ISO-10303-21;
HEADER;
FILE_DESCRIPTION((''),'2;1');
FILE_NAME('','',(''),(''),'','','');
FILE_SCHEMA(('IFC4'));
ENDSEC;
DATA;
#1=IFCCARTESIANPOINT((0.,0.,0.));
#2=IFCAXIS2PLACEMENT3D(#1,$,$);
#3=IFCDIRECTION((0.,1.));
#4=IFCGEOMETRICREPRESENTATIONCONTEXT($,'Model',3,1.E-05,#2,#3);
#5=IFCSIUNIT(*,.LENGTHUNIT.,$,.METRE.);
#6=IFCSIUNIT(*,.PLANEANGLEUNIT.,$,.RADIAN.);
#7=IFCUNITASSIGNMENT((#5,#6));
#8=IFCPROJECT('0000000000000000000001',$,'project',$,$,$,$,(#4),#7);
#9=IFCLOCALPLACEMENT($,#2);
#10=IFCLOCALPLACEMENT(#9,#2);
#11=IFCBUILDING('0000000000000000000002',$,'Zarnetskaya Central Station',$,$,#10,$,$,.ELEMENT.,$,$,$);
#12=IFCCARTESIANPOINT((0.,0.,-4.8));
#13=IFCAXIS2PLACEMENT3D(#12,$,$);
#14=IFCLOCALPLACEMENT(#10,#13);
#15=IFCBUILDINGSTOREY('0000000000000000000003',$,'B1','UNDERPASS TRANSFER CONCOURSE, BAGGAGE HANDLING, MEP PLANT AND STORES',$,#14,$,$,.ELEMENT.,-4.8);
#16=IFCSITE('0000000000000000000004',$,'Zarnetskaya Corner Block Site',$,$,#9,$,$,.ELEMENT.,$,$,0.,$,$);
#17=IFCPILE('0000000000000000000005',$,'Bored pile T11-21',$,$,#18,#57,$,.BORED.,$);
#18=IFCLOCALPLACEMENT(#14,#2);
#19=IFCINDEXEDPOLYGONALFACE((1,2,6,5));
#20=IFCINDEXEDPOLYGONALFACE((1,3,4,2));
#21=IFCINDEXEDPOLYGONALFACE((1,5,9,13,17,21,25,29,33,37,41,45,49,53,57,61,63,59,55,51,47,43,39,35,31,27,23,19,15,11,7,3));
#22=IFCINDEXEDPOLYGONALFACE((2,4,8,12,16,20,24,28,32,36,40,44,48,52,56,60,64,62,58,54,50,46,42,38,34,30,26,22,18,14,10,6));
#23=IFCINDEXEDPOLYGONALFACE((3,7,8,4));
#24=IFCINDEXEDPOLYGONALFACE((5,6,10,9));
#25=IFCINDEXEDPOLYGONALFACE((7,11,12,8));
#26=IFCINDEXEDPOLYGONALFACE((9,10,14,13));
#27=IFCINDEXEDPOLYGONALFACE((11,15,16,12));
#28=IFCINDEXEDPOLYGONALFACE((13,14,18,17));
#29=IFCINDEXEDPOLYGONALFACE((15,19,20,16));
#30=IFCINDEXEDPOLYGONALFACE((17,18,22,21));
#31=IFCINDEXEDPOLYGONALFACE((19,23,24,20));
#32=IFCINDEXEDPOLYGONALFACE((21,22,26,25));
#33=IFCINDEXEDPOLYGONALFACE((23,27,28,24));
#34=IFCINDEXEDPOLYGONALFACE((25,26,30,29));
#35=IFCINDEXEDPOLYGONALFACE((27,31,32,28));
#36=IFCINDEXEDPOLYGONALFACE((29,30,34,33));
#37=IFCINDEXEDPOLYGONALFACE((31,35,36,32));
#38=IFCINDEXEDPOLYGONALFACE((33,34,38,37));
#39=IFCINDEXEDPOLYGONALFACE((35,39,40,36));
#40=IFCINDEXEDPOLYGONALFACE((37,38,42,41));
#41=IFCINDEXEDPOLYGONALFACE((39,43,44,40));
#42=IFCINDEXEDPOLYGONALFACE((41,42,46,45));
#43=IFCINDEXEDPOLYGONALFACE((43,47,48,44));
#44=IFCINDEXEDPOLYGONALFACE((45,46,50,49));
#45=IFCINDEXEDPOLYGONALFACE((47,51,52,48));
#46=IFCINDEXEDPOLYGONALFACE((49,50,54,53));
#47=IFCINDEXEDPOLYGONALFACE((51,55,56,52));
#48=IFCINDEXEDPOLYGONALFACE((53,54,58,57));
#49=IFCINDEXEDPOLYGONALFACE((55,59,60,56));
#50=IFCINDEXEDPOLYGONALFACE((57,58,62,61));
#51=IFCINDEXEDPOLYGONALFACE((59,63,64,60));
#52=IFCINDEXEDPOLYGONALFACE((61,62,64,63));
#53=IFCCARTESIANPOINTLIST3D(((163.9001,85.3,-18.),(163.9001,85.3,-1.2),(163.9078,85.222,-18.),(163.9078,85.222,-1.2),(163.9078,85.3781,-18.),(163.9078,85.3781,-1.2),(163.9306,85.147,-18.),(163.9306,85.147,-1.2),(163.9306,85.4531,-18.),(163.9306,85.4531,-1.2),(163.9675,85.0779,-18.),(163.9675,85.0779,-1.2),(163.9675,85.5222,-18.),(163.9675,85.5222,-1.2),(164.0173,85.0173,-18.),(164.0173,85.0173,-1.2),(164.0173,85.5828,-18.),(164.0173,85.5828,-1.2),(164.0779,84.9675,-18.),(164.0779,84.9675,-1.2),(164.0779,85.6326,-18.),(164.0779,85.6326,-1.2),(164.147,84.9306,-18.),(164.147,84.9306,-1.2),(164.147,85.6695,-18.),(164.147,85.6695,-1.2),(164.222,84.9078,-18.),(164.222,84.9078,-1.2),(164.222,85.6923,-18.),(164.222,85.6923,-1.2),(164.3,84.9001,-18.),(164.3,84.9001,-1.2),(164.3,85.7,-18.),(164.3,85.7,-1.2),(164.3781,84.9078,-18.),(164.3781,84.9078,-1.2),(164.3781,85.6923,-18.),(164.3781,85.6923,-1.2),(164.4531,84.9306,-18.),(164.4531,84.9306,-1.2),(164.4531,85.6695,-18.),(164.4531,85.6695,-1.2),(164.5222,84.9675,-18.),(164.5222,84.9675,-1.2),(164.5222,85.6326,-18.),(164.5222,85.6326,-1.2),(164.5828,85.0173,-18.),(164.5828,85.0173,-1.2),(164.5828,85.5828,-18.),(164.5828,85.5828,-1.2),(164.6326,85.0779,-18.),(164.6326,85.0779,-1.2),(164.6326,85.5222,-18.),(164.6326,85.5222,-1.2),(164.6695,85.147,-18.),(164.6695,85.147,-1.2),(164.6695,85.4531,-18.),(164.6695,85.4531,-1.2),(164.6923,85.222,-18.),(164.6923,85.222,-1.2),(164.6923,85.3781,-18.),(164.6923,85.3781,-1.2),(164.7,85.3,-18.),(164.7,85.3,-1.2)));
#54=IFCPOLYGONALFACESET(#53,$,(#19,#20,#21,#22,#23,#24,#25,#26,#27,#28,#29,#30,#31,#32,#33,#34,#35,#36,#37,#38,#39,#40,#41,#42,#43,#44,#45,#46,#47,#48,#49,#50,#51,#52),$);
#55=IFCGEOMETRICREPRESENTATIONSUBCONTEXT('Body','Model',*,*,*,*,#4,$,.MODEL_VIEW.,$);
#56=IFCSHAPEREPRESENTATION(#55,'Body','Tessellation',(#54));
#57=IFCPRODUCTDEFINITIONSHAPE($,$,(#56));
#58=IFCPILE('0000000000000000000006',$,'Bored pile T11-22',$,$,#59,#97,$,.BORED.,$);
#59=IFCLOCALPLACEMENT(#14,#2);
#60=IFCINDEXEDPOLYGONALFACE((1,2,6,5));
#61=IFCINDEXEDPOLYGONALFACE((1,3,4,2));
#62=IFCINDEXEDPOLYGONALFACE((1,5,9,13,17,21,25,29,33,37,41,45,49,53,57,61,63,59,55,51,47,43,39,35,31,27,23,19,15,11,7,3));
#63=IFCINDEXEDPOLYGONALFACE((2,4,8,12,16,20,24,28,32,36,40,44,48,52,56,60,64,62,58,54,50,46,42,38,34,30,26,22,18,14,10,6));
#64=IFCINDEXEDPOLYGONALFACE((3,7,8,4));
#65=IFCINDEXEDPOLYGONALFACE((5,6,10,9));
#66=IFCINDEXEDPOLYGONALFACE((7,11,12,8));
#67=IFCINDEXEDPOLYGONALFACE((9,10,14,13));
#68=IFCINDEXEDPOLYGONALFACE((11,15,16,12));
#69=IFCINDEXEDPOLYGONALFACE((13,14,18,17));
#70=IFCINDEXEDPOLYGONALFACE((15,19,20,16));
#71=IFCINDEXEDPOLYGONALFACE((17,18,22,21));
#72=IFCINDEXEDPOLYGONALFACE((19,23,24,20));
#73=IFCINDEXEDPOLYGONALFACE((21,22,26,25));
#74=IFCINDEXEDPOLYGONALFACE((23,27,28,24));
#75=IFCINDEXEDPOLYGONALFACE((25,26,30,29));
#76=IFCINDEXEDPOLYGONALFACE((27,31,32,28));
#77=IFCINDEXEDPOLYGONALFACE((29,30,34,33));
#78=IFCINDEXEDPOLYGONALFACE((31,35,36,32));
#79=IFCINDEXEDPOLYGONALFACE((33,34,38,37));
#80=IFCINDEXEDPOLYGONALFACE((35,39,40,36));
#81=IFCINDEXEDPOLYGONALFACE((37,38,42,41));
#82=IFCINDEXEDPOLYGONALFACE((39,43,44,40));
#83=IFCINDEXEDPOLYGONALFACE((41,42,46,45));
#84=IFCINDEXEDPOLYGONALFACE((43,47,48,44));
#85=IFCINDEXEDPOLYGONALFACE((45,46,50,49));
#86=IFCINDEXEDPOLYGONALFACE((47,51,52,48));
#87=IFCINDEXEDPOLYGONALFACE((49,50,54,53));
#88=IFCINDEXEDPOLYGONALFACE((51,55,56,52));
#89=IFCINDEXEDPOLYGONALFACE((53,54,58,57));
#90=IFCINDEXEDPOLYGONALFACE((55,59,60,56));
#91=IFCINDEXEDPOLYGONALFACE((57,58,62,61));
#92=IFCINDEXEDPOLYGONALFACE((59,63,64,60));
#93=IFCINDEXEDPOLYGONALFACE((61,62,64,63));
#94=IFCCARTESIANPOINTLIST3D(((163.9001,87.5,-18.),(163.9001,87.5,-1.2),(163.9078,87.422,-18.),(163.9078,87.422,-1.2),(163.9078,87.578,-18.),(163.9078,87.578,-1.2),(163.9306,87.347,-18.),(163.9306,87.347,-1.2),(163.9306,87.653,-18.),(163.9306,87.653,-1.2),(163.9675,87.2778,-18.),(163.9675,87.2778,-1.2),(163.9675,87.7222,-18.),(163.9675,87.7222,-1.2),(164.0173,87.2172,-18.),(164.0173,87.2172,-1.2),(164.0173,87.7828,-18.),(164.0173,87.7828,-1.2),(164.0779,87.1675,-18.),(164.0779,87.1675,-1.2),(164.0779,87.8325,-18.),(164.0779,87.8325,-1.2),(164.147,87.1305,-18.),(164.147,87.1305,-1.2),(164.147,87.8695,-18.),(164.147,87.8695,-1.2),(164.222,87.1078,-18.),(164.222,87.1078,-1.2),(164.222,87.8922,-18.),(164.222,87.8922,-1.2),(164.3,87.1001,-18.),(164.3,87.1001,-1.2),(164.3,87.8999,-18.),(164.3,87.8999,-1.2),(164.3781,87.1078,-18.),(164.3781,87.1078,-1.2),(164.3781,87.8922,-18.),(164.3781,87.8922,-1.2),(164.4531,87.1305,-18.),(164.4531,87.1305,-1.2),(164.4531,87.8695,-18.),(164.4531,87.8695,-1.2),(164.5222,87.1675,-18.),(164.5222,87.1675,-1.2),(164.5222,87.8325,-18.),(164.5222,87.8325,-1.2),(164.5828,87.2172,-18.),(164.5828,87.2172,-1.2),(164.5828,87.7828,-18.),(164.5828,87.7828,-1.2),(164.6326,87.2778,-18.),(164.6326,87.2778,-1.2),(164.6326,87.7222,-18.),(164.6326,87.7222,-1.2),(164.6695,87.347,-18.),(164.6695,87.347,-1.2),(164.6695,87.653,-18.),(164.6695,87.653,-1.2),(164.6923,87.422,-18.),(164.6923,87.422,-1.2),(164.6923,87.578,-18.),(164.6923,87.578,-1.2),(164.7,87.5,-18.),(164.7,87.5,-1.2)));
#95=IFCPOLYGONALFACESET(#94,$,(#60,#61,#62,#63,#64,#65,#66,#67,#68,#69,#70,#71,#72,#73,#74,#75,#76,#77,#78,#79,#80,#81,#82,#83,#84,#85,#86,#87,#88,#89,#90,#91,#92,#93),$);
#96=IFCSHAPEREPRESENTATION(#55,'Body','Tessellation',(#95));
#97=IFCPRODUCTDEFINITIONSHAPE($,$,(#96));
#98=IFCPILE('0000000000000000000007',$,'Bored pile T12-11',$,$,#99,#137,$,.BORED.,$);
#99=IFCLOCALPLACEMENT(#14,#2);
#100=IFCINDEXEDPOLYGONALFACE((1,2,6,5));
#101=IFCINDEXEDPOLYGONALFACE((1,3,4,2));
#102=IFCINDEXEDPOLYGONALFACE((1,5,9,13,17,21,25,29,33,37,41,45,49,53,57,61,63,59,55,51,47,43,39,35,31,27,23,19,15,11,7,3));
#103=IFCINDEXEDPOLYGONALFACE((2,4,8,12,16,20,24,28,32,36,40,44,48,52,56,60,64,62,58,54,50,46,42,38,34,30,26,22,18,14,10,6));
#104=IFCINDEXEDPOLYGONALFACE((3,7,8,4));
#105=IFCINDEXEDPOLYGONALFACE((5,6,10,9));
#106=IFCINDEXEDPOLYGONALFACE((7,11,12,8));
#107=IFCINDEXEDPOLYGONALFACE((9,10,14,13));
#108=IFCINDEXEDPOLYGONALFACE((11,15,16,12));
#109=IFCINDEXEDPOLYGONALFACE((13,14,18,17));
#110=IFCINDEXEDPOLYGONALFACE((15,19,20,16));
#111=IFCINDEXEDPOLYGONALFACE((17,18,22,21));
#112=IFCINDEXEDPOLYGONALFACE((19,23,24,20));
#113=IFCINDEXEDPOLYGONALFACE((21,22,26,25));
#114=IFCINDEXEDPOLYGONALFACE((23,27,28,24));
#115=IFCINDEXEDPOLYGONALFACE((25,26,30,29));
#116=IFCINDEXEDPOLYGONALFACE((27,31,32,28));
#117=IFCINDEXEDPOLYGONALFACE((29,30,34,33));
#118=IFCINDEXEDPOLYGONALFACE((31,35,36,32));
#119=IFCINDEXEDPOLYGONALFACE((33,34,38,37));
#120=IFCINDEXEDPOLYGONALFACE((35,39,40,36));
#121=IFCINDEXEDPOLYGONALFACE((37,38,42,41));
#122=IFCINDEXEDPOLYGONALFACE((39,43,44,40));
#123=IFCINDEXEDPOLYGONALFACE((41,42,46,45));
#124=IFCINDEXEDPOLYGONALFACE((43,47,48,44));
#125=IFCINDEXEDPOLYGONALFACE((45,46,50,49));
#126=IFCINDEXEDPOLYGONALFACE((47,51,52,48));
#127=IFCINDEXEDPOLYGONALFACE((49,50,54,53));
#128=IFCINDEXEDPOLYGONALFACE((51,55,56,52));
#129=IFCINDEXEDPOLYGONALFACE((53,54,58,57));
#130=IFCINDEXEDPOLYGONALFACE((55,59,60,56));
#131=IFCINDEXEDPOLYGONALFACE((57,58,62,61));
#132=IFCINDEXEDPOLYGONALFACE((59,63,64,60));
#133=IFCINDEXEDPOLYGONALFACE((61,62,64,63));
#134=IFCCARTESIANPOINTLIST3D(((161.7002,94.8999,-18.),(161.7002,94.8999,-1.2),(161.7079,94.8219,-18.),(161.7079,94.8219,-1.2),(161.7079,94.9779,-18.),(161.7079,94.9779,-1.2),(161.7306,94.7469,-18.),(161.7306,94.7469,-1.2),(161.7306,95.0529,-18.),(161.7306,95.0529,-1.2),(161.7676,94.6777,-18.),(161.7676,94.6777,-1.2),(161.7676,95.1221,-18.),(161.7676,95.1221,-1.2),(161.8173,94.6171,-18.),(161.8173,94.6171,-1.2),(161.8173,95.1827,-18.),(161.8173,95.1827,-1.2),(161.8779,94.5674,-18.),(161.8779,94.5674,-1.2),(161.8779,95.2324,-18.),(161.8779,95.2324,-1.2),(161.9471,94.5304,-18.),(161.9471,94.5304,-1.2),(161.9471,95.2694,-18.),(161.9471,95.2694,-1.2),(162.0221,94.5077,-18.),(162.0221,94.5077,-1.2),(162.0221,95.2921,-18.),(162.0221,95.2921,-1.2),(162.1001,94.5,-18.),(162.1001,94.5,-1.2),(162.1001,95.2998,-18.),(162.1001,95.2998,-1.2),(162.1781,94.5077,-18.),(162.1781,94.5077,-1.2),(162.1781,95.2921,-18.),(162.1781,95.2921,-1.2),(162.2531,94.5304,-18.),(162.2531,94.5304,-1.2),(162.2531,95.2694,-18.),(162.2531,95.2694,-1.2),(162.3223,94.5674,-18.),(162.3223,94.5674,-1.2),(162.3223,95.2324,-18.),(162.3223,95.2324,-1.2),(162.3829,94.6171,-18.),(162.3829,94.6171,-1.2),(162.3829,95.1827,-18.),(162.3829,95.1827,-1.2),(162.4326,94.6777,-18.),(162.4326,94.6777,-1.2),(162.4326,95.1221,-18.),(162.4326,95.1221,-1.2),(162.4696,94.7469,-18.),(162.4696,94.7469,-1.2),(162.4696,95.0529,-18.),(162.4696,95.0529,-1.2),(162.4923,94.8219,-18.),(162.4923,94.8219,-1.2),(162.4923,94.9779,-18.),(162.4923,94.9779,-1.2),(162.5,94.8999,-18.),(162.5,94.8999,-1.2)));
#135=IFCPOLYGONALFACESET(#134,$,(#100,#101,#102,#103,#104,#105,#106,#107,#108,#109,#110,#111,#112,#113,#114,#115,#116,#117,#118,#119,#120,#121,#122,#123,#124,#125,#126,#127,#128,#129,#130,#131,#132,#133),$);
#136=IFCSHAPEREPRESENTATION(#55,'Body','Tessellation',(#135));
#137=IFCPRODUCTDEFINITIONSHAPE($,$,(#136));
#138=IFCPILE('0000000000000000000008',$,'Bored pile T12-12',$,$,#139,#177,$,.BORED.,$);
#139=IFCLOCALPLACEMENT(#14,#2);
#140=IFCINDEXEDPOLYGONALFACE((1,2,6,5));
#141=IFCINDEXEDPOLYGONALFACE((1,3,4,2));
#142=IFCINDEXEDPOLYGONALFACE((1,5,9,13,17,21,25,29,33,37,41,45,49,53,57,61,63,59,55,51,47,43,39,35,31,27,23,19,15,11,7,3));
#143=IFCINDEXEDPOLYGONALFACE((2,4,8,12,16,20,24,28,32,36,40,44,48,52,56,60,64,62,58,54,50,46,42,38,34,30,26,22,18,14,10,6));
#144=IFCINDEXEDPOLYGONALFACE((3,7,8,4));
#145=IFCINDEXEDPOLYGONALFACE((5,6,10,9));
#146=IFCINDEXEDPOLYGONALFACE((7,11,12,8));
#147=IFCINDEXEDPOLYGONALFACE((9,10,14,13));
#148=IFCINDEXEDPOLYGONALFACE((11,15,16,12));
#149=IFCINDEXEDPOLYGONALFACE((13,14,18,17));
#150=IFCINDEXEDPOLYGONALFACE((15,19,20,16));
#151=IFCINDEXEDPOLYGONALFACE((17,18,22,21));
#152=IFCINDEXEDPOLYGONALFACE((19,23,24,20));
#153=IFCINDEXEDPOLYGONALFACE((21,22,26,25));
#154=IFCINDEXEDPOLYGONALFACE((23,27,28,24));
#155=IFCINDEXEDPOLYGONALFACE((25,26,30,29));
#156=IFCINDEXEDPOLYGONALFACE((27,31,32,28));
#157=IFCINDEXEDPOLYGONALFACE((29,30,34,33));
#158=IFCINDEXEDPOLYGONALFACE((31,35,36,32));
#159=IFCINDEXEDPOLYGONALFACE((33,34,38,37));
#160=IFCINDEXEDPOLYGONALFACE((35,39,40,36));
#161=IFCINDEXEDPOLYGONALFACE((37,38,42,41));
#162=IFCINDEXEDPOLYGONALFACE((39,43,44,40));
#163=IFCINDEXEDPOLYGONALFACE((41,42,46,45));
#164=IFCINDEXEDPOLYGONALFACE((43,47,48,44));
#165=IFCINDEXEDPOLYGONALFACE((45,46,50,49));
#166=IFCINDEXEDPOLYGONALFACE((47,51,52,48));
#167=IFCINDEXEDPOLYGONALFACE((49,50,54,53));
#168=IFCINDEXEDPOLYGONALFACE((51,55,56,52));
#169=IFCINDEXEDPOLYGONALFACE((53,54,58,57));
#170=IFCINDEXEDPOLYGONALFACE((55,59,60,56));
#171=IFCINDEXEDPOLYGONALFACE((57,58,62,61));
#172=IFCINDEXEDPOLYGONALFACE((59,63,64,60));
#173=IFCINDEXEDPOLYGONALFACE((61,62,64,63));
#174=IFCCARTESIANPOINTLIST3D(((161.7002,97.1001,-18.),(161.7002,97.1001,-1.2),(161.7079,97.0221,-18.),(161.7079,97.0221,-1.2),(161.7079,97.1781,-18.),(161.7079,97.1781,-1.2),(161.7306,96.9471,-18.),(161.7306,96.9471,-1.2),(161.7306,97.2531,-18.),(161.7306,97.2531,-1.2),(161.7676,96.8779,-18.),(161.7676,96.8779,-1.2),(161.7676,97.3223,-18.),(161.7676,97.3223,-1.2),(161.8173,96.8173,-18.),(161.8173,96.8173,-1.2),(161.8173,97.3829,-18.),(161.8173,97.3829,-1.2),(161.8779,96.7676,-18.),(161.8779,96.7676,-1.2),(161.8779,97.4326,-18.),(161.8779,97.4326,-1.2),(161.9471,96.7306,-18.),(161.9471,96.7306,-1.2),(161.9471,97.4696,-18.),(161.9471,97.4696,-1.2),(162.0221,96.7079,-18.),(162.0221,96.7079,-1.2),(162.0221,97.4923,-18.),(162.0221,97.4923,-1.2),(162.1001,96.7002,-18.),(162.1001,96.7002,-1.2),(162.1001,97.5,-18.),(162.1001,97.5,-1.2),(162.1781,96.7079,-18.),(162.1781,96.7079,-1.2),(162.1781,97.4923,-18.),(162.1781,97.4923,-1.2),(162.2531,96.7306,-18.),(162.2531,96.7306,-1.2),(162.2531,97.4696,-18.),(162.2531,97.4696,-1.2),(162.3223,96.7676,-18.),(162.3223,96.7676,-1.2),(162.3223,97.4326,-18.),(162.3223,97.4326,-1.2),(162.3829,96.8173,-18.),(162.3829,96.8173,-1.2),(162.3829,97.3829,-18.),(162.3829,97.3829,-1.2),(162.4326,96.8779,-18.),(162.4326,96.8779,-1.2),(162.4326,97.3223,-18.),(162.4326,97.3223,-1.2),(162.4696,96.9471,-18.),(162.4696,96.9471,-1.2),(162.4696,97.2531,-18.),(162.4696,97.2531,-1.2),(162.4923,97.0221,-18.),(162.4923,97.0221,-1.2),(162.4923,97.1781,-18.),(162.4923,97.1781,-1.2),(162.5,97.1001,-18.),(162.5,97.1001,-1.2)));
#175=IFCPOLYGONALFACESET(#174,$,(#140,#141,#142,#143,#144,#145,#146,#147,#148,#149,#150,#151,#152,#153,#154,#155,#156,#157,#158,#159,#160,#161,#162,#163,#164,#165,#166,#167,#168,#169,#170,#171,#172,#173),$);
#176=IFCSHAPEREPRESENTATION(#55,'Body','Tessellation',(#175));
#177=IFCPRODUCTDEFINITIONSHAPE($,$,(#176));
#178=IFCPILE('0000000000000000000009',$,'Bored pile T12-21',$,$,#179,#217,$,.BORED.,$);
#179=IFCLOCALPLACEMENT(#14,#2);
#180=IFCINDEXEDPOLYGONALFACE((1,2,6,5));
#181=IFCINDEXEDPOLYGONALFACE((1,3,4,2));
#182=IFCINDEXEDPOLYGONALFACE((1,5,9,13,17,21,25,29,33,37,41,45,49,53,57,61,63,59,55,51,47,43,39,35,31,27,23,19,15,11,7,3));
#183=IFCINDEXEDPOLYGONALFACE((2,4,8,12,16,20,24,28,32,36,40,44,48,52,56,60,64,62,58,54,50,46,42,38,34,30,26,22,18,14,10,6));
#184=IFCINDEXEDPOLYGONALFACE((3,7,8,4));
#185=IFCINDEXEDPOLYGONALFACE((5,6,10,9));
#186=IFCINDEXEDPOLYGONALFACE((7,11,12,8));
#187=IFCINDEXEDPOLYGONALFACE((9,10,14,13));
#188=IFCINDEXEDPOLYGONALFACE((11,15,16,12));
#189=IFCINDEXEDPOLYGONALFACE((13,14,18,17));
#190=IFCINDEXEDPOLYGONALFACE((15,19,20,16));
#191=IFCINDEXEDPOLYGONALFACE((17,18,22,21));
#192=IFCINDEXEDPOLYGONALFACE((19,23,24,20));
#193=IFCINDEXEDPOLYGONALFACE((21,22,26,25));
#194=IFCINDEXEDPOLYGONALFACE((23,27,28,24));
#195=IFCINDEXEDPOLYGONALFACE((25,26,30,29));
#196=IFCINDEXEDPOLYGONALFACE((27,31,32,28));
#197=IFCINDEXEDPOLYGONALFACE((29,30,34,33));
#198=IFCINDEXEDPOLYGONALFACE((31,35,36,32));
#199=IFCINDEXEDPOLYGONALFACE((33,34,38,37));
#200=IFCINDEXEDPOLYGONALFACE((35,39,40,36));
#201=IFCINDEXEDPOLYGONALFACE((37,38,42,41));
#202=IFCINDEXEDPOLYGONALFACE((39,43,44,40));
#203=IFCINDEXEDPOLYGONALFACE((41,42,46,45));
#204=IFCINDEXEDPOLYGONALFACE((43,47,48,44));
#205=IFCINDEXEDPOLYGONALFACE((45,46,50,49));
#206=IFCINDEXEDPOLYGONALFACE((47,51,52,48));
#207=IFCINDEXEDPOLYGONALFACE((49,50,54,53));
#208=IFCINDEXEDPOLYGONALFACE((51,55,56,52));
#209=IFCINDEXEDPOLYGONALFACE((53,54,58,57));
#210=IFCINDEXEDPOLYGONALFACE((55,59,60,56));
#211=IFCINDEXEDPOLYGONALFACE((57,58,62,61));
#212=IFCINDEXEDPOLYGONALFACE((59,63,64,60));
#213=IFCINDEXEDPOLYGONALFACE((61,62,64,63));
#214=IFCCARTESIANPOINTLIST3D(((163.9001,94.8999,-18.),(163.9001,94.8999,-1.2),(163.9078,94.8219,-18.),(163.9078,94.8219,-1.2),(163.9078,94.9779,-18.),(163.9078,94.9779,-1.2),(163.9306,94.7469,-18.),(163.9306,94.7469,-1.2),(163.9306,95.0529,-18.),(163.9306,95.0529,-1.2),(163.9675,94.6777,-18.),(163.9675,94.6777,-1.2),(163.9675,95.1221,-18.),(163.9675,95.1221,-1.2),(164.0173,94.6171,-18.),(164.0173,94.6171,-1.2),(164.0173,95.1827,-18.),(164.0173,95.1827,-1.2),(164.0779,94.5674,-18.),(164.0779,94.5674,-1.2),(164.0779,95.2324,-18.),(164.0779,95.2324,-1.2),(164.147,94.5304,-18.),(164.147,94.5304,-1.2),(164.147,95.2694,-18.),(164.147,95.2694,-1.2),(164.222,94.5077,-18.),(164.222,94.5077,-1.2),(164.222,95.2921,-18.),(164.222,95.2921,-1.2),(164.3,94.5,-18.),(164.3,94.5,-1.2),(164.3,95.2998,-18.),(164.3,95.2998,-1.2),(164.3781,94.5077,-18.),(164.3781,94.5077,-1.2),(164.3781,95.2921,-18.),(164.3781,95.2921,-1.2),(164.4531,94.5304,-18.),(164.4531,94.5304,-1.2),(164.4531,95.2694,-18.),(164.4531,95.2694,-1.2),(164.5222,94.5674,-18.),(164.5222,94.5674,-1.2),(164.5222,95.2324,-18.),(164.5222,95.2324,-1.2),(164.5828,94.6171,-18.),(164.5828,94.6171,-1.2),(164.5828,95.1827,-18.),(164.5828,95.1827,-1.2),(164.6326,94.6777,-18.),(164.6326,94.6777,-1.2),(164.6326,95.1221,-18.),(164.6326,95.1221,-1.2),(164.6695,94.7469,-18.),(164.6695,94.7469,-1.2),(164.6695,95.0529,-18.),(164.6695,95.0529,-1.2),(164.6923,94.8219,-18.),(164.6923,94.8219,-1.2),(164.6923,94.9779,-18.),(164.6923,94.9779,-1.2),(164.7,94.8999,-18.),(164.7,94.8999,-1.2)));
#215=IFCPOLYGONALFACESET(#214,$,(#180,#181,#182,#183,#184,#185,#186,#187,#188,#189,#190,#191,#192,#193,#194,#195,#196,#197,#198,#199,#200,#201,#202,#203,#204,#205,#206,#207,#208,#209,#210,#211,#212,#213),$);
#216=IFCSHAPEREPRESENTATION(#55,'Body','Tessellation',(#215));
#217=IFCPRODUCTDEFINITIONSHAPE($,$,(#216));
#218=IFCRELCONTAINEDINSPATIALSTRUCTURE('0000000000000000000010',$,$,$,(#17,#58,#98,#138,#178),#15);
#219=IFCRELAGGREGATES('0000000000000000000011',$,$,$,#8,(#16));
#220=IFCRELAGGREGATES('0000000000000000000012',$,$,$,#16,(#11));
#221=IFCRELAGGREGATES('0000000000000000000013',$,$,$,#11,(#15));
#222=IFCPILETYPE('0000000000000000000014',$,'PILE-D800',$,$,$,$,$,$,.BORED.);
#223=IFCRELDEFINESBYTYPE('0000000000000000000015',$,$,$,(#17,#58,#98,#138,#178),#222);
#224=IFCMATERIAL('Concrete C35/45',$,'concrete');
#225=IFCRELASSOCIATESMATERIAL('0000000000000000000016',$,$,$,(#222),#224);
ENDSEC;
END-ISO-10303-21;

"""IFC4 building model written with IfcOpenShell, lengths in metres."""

from ifc_helpers import new_model, si_unit, direction, frame, origin, origin_2d, place, context, subcontext, project, spatial, circle, extrude, material, material_profile, profile_set, type_object, element, save


model = new_model("IFC4")

# Units and contexts
model_context = context("Model", 3, precision=1e-05, world=origin(), true_north=direction((0.0, 1.0)))
body_context = subcontext(model_context, "Body", "Model", "MODEL_VIEW")
ifc_project = project(units=[si_unit("LENGTHUNIT", "METRE"), si_unit("PLANEANGLEUNIT", "RADIAN")], contexts=[model_context])

# Site, building, storey
site_placement = place(None, origin())
site = spatial("IfcSite", under=ifc_project, at=site_placement, Name="Zarnetskaya Corner Block Site", CompositionType="ELEMENT", RefElevation=0.0)
building_placement = place(site_placement, origin())
building = spatial("IfcBuilding", under=site, at=building_placement, Name="Zarnetskaya Central Station", CompositionType="ELEMENT")
storey_placement = place(building_placement, frame((0.0, 0.0, -4.8)))
storey = spatial("IfcBuildingStorey", under=building, at=storey_placement, Name="B1", Description="UNDERPASS TRANSFER CONCOURSE, BAGGAGE HANDLING, MEP PLANT AND STORES", CompositionType="ELEMENT", Elevation=-4.8)

# Shared definitions
ifc_material = material(Name="Concrete C35/45", Category="concrete")

# Piles
ifc_material_profile_1 = material_profile(ifc_material, circle(Radius=0.3999, at=origin_2d()), Name="BORED PILE D800")
ifc_profile_set_1 = profile_set([ifc_material_profile_1], Name="Concrete C35/45")
pile_type = type_object("IfcPileType", Name="PILE-D800", PredefinedType="BORED", material=ifc_profile_set_1)
for number, where, z_axis, x_axis, name in (
    (1, (164.3, 85.3, -1.2), (0.0, 0.0, -1.0), (1.0, 0.0, 0.0), "Bored pile T11-21"),
    (2, (164.3, 87.5, -1.2), (0.0, 0.0, -1.0), (1.0, 0.0, 0.0), "Bored pile T11-22"),
    (3, (162.1001, 94.8999, -1.2), (0.0, 0.0, -1.0), (1.0, 0.0, 0.0), "Bored pile T12-11"),
    (4, (162.1001, 97.1001, -1.2), (0.0, 0.0, -1.0), (1.0, 0.0, 0.0), "Bored pile T12-12"),
    (5, (164.3, 94.8999, -1.2), (0.0, 0.0, -1.0), (1.0, 0.0, 0.0), "Bored pile T12-21"),
):
    element("IfcPile", number, at=place(storey_placement, frame(where, z_axis=z_axis, x_axis=x_axis)), inside=storey, type_object=pile_type, Name=name, PredefinedType="BORED", context=body_context, shape_type="SweptSolid", body=[
        extrude(circle(Radius=0.3999, at=origin_2d()), origin(), (0.0, 0.0, 1.0), 16.8),
    ])

save(model, "model.ifc")
